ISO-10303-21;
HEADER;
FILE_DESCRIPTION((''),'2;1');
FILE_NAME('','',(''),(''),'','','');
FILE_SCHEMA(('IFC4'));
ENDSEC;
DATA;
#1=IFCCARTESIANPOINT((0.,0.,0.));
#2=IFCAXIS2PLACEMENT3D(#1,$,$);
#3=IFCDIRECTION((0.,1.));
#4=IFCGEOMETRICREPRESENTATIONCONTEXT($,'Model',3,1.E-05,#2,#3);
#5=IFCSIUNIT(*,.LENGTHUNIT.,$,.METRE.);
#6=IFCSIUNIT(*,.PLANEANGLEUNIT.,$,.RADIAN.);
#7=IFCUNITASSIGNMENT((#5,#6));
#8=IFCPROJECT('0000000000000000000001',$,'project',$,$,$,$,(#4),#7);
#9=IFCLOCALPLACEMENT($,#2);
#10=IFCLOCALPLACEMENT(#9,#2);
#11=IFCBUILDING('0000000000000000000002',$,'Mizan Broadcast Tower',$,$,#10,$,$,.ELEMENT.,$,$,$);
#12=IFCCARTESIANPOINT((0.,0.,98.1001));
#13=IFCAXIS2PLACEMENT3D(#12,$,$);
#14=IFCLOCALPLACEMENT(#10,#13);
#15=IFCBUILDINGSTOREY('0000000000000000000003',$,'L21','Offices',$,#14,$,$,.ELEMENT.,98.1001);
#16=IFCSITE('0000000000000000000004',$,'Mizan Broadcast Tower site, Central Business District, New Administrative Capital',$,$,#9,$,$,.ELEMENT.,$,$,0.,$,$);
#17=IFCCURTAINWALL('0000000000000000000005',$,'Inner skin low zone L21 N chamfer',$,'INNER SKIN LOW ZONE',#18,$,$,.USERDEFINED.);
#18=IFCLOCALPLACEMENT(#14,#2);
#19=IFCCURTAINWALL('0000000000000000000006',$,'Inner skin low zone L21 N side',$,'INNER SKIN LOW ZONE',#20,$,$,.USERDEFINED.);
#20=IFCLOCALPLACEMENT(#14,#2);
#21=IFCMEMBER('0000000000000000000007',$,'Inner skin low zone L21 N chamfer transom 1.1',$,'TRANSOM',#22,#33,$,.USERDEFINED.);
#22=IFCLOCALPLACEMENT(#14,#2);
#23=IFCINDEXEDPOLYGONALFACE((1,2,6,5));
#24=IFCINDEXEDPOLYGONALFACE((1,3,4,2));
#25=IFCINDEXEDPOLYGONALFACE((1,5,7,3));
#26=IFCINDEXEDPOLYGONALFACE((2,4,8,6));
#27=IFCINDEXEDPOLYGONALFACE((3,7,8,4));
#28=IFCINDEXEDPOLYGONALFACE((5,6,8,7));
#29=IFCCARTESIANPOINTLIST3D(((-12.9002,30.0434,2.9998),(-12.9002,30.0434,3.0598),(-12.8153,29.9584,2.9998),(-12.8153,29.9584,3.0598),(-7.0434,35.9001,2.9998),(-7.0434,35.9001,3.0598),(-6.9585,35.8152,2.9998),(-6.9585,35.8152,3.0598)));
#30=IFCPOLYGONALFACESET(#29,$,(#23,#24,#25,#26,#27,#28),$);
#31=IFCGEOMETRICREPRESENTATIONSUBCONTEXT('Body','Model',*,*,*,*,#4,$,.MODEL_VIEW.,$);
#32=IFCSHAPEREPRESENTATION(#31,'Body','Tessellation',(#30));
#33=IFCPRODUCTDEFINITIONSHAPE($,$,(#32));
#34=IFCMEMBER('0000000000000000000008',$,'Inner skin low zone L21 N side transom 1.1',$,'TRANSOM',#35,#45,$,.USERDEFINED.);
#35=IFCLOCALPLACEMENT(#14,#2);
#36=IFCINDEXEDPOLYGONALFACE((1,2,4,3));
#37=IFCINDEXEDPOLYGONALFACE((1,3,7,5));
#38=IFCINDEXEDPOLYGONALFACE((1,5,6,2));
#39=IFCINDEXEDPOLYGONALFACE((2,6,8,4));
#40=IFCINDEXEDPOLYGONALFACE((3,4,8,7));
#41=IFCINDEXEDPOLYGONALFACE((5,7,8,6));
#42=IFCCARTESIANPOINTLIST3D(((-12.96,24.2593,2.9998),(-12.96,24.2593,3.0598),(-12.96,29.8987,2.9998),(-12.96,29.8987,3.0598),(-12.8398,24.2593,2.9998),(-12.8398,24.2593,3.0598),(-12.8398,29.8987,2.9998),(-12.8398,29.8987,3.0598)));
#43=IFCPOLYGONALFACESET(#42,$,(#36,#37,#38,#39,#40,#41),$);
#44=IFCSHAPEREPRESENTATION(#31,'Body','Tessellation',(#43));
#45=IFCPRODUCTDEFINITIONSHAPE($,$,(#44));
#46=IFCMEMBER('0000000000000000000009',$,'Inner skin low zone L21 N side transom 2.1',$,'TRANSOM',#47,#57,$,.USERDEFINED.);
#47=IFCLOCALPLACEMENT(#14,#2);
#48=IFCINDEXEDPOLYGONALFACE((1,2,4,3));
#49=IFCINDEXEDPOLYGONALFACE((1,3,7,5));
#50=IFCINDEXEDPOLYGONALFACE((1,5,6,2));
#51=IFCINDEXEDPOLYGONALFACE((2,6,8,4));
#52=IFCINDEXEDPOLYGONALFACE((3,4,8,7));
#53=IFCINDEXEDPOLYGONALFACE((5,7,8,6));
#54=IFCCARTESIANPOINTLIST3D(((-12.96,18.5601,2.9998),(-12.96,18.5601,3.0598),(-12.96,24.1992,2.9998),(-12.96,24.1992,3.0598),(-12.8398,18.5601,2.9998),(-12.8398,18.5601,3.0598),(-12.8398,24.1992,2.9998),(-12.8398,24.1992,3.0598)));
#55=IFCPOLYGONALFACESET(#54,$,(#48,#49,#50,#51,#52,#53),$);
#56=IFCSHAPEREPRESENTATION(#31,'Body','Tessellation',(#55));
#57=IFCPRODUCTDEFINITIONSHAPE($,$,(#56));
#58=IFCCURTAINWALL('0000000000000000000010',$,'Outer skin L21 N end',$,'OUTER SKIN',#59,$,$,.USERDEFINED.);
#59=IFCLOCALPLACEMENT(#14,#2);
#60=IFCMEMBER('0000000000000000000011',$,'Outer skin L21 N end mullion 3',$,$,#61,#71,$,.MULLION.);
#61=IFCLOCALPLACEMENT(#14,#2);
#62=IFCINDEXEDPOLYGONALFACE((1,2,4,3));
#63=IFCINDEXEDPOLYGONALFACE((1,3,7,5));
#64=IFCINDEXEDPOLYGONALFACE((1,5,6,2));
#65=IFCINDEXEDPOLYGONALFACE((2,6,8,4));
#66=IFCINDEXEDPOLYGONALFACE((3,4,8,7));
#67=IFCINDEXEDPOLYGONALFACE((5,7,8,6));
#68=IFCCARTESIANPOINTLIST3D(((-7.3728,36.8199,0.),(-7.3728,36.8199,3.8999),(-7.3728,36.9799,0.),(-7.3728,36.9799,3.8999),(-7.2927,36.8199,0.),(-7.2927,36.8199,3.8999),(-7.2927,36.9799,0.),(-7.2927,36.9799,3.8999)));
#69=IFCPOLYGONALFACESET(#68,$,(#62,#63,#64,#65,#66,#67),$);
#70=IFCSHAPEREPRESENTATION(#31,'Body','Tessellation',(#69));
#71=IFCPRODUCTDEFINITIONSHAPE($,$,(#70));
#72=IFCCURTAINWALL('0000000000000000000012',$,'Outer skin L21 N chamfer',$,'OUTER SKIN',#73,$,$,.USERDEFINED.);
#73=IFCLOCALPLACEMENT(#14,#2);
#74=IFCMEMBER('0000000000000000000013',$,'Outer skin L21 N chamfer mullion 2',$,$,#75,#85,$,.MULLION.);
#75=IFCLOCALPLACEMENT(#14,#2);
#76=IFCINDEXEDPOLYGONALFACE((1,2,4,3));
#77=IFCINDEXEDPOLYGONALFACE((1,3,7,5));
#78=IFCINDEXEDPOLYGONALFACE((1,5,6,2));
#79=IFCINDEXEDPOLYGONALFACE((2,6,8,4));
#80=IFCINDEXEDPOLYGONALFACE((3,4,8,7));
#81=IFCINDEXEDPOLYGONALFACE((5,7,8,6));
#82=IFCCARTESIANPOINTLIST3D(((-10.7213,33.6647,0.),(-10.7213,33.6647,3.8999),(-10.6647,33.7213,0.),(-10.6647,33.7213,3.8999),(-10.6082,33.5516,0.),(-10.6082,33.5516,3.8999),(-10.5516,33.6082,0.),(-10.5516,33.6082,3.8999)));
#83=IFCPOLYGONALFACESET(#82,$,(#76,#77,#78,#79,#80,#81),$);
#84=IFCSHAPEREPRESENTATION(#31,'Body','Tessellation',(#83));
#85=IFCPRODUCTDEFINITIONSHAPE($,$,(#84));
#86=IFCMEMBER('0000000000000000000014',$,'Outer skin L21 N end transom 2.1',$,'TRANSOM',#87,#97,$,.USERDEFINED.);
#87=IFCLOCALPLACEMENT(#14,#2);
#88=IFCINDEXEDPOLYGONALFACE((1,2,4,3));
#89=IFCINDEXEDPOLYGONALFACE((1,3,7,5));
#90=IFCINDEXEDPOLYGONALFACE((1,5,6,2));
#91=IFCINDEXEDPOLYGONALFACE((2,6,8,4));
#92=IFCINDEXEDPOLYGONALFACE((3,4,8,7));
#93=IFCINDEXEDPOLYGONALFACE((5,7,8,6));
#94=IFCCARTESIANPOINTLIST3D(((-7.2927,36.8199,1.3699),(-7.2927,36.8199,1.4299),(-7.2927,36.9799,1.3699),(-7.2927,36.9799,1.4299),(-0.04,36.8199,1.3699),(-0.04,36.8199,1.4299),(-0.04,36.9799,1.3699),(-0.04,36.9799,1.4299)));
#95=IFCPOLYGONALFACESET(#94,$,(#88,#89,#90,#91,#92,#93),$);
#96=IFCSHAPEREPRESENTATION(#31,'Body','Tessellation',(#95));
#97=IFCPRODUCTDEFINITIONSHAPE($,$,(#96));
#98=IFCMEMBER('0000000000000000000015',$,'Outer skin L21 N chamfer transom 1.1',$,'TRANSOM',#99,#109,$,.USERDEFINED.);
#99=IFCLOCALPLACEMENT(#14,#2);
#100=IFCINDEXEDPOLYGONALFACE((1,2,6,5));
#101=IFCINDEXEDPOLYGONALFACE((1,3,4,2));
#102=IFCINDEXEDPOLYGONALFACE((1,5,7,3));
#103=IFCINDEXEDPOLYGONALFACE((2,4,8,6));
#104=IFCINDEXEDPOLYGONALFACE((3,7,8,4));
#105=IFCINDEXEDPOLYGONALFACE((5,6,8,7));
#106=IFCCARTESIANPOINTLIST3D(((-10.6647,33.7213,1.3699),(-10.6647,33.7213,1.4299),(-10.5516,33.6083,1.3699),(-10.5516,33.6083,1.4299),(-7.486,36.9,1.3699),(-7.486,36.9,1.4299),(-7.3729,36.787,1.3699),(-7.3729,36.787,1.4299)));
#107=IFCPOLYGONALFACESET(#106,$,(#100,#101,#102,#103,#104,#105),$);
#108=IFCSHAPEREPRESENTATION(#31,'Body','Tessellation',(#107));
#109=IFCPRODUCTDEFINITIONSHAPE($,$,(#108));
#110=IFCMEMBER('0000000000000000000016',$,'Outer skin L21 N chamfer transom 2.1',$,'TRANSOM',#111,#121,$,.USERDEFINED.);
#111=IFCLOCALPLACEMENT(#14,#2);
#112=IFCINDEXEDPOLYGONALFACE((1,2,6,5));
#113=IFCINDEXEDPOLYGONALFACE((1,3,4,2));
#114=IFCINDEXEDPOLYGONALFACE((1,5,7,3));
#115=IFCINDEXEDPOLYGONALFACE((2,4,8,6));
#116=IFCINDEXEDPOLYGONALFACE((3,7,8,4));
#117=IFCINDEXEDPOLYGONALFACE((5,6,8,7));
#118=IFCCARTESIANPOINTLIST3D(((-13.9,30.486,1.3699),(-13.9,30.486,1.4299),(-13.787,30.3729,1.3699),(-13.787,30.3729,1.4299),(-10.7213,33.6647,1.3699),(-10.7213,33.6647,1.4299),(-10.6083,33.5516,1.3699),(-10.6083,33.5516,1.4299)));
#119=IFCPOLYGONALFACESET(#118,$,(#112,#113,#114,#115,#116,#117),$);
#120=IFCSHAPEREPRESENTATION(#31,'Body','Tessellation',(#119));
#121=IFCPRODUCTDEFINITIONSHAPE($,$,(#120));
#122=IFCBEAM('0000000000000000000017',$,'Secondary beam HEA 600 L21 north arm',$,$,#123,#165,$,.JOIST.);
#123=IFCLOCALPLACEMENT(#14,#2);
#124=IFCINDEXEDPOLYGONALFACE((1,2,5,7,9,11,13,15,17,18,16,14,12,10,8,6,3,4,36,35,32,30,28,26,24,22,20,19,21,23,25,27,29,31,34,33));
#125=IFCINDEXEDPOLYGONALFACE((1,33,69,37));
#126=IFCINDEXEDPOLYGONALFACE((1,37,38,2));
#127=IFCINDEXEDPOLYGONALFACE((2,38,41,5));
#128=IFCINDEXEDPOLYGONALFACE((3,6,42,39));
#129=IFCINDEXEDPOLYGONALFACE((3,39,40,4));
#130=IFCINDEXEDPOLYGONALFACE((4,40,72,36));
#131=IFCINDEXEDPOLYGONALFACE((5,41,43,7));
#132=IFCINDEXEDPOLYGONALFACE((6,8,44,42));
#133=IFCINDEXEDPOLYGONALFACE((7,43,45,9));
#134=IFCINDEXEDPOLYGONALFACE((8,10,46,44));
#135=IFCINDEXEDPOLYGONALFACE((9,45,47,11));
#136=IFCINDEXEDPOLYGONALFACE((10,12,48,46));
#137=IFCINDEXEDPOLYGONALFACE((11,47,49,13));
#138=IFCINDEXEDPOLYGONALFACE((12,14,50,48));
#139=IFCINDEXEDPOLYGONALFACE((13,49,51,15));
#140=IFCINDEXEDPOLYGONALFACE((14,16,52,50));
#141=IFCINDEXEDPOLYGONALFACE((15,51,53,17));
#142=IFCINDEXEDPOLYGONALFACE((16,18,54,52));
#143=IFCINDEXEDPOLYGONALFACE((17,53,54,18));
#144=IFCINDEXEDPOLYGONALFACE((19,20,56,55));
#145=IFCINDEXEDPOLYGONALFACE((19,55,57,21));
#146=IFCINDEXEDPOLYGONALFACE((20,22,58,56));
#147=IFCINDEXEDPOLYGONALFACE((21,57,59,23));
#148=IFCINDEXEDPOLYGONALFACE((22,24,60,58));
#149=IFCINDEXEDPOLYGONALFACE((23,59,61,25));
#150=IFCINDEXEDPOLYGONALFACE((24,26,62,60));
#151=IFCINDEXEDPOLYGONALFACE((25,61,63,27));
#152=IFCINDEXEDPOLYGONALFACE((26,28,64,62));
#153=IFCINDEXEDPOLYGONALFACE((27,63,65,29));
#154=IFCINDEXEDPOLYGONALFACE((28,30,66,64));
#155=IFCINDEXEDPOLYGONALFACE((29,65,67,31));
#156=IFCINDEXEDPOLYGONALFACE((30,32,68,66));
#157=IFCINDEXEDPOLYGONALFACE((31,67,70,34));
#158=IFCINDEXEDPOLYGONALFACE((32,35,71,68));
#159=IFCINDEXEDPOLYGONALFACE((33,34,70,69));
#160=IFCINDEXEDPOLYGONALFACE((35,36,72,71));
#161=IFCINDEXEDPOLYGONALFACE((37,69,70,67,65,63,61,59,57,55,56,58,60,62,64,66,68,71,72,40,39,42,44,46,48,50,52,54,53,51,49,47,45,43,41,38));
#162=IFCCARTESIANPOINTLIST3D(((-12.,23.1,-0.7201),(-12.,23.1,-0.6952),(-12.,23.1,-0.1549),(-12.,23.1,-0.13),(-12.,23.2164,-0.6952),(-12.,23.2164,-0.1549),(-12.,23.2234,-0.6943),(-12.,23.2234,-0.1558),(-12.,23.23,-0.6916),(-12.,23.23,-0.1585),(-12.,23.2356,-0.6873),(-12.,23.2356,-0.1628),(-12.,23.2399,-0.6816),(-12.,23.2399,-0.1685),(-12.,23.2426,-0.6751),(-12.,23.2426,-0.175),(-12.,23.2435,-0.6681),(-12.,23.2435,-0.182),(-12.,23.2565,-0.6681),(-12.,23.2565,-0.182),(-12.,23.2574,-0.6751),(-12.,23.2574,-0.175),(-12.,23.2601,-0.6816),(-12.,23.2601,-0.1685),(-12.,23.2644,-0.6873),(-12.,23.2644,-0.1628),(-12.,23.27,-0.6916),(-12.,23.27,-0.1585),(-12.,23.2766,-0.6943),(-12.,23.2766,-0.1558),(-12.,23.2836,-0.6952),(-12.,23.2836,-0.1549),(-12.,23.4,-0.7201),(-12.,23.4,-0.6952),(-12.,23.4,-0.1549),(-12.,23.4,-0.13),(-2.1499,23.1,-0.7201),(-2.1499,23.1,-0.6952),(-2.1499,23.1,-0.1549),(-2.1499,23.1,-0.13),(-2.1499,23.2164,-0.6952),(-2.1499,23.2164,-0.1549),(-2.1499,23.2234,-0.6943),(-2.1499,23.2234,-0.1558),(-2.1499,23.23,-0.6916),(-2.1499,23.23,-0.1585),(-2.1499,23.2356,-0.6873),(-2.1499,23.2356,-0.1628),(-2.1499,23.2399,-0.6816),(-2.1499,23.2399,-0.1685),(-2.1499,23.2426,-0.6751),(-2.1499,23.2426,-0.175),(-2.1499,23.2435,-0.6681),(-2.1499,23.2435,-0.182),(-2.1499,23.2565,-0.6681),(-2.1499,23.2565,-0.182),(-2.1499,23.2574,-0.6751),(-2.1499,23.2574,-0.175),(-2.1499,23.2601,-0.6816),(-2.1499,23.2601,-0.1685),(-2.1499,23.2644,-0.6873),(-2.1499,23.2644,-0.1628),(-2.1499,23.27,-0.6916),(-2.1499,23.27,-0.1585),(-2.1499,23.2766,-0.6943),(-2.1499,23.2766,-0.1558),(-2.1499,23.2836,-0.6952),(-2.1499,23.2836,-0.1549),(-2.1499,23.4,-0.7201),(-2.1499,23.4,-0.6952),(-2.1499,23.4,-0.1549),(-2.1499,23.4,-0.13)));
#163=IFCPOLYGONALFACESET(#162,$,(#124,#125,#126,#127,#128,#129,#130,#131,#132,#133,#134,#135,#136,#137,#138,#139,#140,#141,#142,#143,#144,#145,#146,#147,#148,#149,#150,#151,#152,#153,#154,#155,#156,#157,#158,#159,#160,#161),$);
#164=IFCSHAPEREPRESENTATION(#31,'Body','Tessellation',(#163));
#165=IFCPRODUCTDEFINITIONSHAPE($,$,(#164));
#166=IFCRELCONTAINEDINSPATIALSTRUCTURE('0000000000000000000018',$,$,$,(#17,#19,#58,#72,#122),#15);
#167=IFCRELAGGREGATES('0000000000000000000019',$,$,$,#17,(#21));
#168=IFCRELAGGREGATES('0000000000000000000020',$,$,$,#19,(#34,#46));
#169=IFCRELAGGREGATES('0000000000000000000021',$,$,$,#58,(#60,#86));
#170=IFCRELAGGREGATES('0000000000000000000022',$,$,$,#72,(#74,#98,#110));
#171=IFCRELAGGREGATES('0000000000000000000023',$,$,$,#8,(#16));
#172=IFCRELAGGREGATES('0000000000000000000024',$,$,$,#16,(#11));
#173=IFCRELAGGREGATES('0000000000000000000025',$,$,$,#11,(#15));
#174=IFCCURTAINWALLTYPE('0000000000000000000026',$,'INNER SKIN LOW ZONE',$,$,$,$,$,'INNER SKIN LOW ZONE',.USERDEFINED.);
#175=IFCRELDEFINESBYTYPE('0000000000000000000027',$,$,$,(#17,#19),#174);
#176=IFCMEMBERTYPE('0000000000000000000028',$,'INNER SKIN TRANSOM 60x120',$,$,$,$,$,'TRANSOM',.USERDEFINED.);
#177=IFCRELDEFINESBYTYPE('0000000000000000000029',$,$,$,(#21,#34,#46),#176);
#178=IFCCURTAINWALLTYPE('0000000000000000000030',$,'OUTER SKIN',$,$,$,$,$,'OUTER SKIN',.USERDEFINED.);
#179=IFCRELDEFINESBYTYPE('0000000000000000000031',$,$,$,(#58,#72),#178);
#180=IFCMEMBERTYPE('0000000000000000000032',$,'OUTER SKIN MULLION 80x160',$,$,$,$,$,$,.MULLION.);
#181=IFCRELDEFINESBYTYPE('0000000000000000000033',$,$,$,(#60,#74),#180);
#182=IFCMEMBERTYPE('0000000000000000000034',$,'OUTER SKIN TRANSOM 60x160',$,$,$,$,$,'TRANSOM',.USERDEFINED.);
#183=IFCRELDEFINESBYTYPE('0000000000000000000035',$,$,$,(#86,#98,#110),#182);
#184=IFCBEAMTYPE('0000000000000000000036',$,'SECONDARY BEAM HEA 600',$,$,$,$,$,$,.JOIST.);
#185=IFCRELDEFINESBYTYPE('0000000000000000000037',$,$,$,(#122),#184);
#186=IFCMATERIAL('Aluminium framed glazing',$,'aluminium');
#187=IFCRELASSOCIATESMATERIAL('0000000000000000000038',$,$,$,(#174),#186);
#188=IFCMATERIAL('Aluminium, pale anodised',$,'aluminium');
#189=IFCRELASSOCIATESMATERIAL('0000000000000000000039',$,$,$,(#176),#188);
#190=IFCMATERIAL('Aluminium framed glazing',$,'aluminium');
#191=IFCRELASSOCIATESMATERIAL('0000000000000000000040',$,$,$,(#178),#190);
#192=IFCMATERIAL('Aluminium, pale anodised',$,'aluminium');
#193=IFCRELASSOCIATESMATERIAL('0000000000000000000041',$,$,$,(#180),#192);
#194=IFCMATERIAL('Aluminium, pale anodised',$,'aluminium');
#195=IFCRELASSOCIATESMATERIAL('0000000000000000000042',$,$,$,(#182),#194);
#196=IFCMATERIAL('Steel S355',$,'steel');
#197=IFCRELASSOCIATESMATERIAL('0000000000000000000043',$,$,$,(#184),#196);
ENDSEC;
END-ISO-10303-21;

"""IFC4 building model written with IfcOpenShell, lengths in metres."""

from ifc_helpers import new_model, si_unit, direction, frame, origin, origin_2d, place, context, subcontext, project, spatial, rectangle, i_section, extrude, material, material_profile, profile_set, type_object, element, aggregate, save


model = new_model("IFC4")

# Units and contexts
model_context = context("Model", 3, precision=1e-05, world=origin(), true_north=direction((0.0, 1.0)))
body_context = subcontext(model_context, "Body", "Model", "MODEL_VIEW")
ifc_project = project(units=[si_unit("LENGTHUNIT", "METRE"), si_unit("PLANEANGLEUNIT", "RADIAN")], contexts=[model_context])

# Site, building, storey
site_placement = place(None, origin())
site = spatial("IfcSite", under=ifc_project, at=site_placement, Name="Mizan Broadcast Tower site, Central Business District, New Administrative Capital", CompositionType="ELEMENT", RefElevation=0.0)
building_placement = place(site_placement, origin())
building = spatial("IfcBuilding", under=site, at=building_placement, Name="Mizan Broadcast Tower", CompositionType="ELEMENT")
storey_placement = place(building_placement, frame((0.0, 0.0, 98.1001)))
storey = spatial("IfcBuildingStorey", under=building, at=storey_placement, Name="L21", Description="Offices", CompositionType="ELEMENT", Elevation=98.1001)

# Curtain walls
ifc_material_1 = material(Name="Aluminium framed glazing", Category="aluminium")
curtain_wall_type_1 = type_object("IfcCurtainWallType", Name="INNER SKIN LOW ZONE", ElementType="INNER SKIN LOW ZONE", PredefinedType="USERDEFINED", material=ifc_material_1)
curtain_wall_1_placement = place(storey_placement, origin())
curtain_wall_1 = element("IfcCurtainWall", 1, at=curtain_wall_1_placement, inside=storey, type_object=curtain_wall_type_1, Name="Inner skin low zone L21 N chamfer", ObjectType="INNER SKIN LOW ZONE", PredefinedType="USERDEFINED")
curtain_wall_2_placement = place(storey_placement, origin())
curtain_wall_2 = element("IfcCurtainWall", 2, at=curtain_wall_2_placement, inside=storey, type_object=curtain_wall_type_1, Name="Inner skin low zone L21 N side", ObjectType="INNER SKIN LOW ZONE", PredefinedType="USERDEFINED")

# Members
ifc_material_2 = material(Name="Aluminium, pale anodised", Category="aluminium")
ifc_material_profile_1 = material_profile(ifc_material_2, rectangle(XDim=0.1201, YDim=0.0601, at=origin_2d()), Name="TRANSOM 120x60")
ifc_profile_set_1 = profile_set([ifc_material_profile_1], Name="Aluminium, pale anodised")
member_type_1 = type_object("IfcMemberType", Name="INNER SKIN TRANSOM 60x120", ElementType="TRANSOM", PredefinedType="USERDEFINED", material=ifc_profile_set_1)
member_1_placement = place(storey_placement, frame((-7.001, 35.8577, 3.0298), z_axis=(-0.707107, -0.707107, 0.0), x_axis=(0.707107, -0.707107, 0.0)))
member_1 = element("IfcMember", 3, at=member_1_placement, type_object=member_type_1, Name="Inner skin low zone L21 N chamfer transom 1.1", ObjectType="TRANSOM", PredefinedType="USERDEFINED", context=body_context, shape_type="SweptSolid", body=[
    extrude(rectangle(XDim=0.1201, YDim=0.0601, at=origin_2d()), origin(), (0.0, 0.0, 1.0), 8.2827),
])
member_2_placement = place(storey_placement, frame((-12.8999, 29.8987, 3.0298), z_axis=(0.0, -1.0, 0.0), x_axis=(1.0, 0.0, 0.0)))
member_2 = element("IfcMember", 4, at=member_2_placement, type_object=member_type_1, Name="Inner skin low zone L21 N side transom 1.1", ObjectType="TRANSOM", PredefinedType="USERDEFINED", context=body_context, shape_type="SweptSolid", body=[
    extrude(rectangle(XDim=0.1201, YDim=0.0601, at=origin_2d()), origin(), (0.0, 0.0, 1.0), 5.6394),
])
member_3_placement = place(storey_placement, frame((-12.8999, 24.1992, 3.0298), z_axis=(0.0, -1.0, 0.0), x_axis=(1.0, 0.0, 0.0)))
member_3 = element("IfcMember", 5, at=member_3_placement, type_object=member_type_1, Name="Inner skin low zone L21 N side transom 2.1", ObjectType="TRANSOM", PredefinedType="USERDEFINED", context=body_context, shape_type="SweptSolid", body=[
    extrude(rectangle(XDim=0.1201, YDim=0.0601, at=origin_2d()), origin(), (0.0, 0.0, 1.0), 5.6392),
])

# Curtain walls, members
ifc_material_3 = material(Name="Aluminium framed glazing", Category="aluminium")
curtain_wall_type_2 = type_object("IfcCurtainWallType", Name="OUTER SKIN", ElementType="OUTER SKIN", PredefinedType="USERDEFINED", material=ifc_material_3)
curtain_wall_3_placement = place(storey_placement, origin())
curtain_wall_3 = element("IfcCurtainWall", 6, at=curtain_wall_3_placement, inside=storey, type_object=curtain_wall_type_2, Name="Outer skin L21 N end", ObjectType="OUTER SKIN", PredefinedType="USERDEFINED")
ifc_material_4 = material(Name="Aluminium, pale anodised", Category="aluminium")
ifc_material_profile_2 = material_profile(ifc_material_4, rectangle(XDim=0.1599, YDim=0.0801, at=origin_2d()), Name="MULLION 160x80")
ifc_profile_set_2 = profile_set([ifc_material_profile_2], Name="Aluminium, pale anodised")
member_type_2 = type_object("IfcMemberType", Name="OUTER SKIN MULLION 80x160", PredefinedType="MULLION", material=ifc_profile_set_2)
member_4_placement = place(storey_placement, frame((-7.3328, 36.8999, 0.0), z_axis=(0.0, 0.0, 1.0), x_axis=(0.0, -1.0, 0.0)))
member_4 = element("IfcMember", 7, at=member_4_placement, type_object=member_type_2, Name="Outer skin L21 N end mullion 3", PredefinedType="MULLION", context=body_context, shape_type="SweptSolid", body=[
    extrude(rectangle(XDim=0.1599, YDim=0.0801, at=origin_2d()), origin(), (0.0, 0.0, 1.0), 3.8999),
])
curtain_wall_4_placement = place(storey_placement, origin())
curtain_wall_4 = element("IfcCurtainWall", 8, at=curtain_wall_4_placement, inside=storey, type_object=curtain_wall_type_2, Name="Outer skin L21 N chamfer", ObjectType="OUTER SKIN", PredefinedType="USERDEFINED")
member_5_placement = place(storey_placement, frame((-10.6365, 33.6365, 0.0), z_axis=(0.0, 0.0, 1.0), x_axis=(0.707107, -0.707107, 0.0)))
member_5 = element("IfcMember", 9, at=member_5_placement, type_object=member_type_2, Name="Outer skin L21 N chamfer mullion 2", PredefinedType="MULLION", context=body_context, shape_type="SweptSolid", body=[
    extrude(rectangle(XDim=0.1599, YDim=0.0801, at=origin_2d()), origin(), (0.0, 0.0, 1.0), 3.8999),
])

# Members
ifc_material_5 = material(Name="Aluminium, pale anodised", Category="aluminium")
ifc_material_profile_3 = material_profile(ifc_material_5, rectangle(XDim=0.1599, YDim=0.0601, at=origin_2d()), Name="TRANSOM 160x60")
ifc_profile_set_3 = profile_set([ifc_material_profile_3], Name="Aluminium, pale anodised")
member_type_3 = type_object("IfcMemberType", Name="OUTER SKIN TRANSOM 60x160", ElementType="TRANSOM", PredefinedType="USERDEFINED", material=ifc_profile_set_3)
member_6_placement = place(storey_placement, frame((-0.04, 36.8999, 1.3999), z_axis=(-1.0, 0.0, 0.0), x_axis=(0.0, -1.0, 0.0)))
member_6 = element("IfcMember", 10, at=member_6_placement, type_object=member_type_3, Name="Outer skin L21 N end transom 2.1", ObjectType="TRANSOM", PredefinedType="USERDEFINED", context=body_context, shape_type="SweptSolid", body=[
    extrude(rectangle(XDim=0.1599, YDim=0.0601, at=origin_2d()), origin(), (0.0, 0.0, 1.0), 7.2527),
])
member_7_placement = place(storey_placement, frame((-7.4294, 36.8435, 1.3999), z_axis=(-0.707107, -0.707107, 0.0), x_axis=(0.707107, -0.707107, 0.0)))
member_7 = element("IfcMember", 11, at=member_7_placement, type_object=member_type_3, Name="Outer skin L21 N chamfer transom 1.1", ObjectType="TRANSOM", PredefinedType="USERDEFINED", context=body_context, shape_type="SweptSolid", body=[
    extrude(rectangle(XDim=0.1599, YDim=0.0601, at=origin_2d()), origin(), (0.0, 0.0, 1.0), 4.4954),
])
member_8_placement = place(storey_placement, frame((-10.6648, 33.6082, 1.3999), z_axis=(-0.707107, -0.707107, 0.0), x_axis=(0.707107, -0.707107, 0.0)))
member_8 = element("IfcMember", 12, at=member_8_placement, type_object=member_type_3, Name="Outer skin L21 N chamfer transom 2.1", ObjectType="TRANSOM", PredefinedType="USERDEFINED", context=body_context, shape_type="SweptSolid", body=[
    extrude(rectangle(XDim=0.1599, YDim=0.0601, at=origin_2d()), origin(), (0.0, 0.0, 1.0), 4.4954),
])

# Beam
ifc_material_6 = material(Name="Steel S355", Category="steel")
ifc_material_profile_4 = material_profile(ifc_material_6, i_section(OverallWidth=0.3, OverallDepth=0.5901, WebThickness=0.0129, FlangeThickness=0.0249, FilletRadius=0.0271, at=origin_2d()), Name="HEA 600")
ifc_profile_set_4 = profile_set([ifc_material_profile_4], Name="Steel S355")
beam_type_1 = type_object("IfcBeamType", Name="SECONDARY BEAM HEA 600", PredefinedType="JOIST", material=ifc_profile_set_4)
beam_1_placement = place(storey_placement, frame((-12.0, 23.25, -0.425), z_axis=(1.0, 0.0, 0.0), x_axis=(0.0, 1.0, 0.0)))
element("IfcBeam", 13, at=beam_1_placement, inside=storey, type_object=beam_type_1, Name="Secondary beam HEA 600 L21 north arm", PredefinedType="JOIST", context=body_context, shape_type="SweptSolid", body=[
    extrude(i_section(OverallWidth=0.3, OverallDepth=0.5901, WebThickness=0.0129, FlangeThickness=0.0249, FilletRadius=0.0271, at=origin_2d()), origin(), (0.0, 0.0, 1.0), 9.8501),
])

aggregate(curtain_wall_1, [member_1])
aggregate(curtain_wall_2, [member_2, member_3])
aggregate(curtain_wall_3, [member_4, member_6])
aggregate(curtain_wall_4, [member_5, member_7, member_8])

save(model, "model.ifc")
